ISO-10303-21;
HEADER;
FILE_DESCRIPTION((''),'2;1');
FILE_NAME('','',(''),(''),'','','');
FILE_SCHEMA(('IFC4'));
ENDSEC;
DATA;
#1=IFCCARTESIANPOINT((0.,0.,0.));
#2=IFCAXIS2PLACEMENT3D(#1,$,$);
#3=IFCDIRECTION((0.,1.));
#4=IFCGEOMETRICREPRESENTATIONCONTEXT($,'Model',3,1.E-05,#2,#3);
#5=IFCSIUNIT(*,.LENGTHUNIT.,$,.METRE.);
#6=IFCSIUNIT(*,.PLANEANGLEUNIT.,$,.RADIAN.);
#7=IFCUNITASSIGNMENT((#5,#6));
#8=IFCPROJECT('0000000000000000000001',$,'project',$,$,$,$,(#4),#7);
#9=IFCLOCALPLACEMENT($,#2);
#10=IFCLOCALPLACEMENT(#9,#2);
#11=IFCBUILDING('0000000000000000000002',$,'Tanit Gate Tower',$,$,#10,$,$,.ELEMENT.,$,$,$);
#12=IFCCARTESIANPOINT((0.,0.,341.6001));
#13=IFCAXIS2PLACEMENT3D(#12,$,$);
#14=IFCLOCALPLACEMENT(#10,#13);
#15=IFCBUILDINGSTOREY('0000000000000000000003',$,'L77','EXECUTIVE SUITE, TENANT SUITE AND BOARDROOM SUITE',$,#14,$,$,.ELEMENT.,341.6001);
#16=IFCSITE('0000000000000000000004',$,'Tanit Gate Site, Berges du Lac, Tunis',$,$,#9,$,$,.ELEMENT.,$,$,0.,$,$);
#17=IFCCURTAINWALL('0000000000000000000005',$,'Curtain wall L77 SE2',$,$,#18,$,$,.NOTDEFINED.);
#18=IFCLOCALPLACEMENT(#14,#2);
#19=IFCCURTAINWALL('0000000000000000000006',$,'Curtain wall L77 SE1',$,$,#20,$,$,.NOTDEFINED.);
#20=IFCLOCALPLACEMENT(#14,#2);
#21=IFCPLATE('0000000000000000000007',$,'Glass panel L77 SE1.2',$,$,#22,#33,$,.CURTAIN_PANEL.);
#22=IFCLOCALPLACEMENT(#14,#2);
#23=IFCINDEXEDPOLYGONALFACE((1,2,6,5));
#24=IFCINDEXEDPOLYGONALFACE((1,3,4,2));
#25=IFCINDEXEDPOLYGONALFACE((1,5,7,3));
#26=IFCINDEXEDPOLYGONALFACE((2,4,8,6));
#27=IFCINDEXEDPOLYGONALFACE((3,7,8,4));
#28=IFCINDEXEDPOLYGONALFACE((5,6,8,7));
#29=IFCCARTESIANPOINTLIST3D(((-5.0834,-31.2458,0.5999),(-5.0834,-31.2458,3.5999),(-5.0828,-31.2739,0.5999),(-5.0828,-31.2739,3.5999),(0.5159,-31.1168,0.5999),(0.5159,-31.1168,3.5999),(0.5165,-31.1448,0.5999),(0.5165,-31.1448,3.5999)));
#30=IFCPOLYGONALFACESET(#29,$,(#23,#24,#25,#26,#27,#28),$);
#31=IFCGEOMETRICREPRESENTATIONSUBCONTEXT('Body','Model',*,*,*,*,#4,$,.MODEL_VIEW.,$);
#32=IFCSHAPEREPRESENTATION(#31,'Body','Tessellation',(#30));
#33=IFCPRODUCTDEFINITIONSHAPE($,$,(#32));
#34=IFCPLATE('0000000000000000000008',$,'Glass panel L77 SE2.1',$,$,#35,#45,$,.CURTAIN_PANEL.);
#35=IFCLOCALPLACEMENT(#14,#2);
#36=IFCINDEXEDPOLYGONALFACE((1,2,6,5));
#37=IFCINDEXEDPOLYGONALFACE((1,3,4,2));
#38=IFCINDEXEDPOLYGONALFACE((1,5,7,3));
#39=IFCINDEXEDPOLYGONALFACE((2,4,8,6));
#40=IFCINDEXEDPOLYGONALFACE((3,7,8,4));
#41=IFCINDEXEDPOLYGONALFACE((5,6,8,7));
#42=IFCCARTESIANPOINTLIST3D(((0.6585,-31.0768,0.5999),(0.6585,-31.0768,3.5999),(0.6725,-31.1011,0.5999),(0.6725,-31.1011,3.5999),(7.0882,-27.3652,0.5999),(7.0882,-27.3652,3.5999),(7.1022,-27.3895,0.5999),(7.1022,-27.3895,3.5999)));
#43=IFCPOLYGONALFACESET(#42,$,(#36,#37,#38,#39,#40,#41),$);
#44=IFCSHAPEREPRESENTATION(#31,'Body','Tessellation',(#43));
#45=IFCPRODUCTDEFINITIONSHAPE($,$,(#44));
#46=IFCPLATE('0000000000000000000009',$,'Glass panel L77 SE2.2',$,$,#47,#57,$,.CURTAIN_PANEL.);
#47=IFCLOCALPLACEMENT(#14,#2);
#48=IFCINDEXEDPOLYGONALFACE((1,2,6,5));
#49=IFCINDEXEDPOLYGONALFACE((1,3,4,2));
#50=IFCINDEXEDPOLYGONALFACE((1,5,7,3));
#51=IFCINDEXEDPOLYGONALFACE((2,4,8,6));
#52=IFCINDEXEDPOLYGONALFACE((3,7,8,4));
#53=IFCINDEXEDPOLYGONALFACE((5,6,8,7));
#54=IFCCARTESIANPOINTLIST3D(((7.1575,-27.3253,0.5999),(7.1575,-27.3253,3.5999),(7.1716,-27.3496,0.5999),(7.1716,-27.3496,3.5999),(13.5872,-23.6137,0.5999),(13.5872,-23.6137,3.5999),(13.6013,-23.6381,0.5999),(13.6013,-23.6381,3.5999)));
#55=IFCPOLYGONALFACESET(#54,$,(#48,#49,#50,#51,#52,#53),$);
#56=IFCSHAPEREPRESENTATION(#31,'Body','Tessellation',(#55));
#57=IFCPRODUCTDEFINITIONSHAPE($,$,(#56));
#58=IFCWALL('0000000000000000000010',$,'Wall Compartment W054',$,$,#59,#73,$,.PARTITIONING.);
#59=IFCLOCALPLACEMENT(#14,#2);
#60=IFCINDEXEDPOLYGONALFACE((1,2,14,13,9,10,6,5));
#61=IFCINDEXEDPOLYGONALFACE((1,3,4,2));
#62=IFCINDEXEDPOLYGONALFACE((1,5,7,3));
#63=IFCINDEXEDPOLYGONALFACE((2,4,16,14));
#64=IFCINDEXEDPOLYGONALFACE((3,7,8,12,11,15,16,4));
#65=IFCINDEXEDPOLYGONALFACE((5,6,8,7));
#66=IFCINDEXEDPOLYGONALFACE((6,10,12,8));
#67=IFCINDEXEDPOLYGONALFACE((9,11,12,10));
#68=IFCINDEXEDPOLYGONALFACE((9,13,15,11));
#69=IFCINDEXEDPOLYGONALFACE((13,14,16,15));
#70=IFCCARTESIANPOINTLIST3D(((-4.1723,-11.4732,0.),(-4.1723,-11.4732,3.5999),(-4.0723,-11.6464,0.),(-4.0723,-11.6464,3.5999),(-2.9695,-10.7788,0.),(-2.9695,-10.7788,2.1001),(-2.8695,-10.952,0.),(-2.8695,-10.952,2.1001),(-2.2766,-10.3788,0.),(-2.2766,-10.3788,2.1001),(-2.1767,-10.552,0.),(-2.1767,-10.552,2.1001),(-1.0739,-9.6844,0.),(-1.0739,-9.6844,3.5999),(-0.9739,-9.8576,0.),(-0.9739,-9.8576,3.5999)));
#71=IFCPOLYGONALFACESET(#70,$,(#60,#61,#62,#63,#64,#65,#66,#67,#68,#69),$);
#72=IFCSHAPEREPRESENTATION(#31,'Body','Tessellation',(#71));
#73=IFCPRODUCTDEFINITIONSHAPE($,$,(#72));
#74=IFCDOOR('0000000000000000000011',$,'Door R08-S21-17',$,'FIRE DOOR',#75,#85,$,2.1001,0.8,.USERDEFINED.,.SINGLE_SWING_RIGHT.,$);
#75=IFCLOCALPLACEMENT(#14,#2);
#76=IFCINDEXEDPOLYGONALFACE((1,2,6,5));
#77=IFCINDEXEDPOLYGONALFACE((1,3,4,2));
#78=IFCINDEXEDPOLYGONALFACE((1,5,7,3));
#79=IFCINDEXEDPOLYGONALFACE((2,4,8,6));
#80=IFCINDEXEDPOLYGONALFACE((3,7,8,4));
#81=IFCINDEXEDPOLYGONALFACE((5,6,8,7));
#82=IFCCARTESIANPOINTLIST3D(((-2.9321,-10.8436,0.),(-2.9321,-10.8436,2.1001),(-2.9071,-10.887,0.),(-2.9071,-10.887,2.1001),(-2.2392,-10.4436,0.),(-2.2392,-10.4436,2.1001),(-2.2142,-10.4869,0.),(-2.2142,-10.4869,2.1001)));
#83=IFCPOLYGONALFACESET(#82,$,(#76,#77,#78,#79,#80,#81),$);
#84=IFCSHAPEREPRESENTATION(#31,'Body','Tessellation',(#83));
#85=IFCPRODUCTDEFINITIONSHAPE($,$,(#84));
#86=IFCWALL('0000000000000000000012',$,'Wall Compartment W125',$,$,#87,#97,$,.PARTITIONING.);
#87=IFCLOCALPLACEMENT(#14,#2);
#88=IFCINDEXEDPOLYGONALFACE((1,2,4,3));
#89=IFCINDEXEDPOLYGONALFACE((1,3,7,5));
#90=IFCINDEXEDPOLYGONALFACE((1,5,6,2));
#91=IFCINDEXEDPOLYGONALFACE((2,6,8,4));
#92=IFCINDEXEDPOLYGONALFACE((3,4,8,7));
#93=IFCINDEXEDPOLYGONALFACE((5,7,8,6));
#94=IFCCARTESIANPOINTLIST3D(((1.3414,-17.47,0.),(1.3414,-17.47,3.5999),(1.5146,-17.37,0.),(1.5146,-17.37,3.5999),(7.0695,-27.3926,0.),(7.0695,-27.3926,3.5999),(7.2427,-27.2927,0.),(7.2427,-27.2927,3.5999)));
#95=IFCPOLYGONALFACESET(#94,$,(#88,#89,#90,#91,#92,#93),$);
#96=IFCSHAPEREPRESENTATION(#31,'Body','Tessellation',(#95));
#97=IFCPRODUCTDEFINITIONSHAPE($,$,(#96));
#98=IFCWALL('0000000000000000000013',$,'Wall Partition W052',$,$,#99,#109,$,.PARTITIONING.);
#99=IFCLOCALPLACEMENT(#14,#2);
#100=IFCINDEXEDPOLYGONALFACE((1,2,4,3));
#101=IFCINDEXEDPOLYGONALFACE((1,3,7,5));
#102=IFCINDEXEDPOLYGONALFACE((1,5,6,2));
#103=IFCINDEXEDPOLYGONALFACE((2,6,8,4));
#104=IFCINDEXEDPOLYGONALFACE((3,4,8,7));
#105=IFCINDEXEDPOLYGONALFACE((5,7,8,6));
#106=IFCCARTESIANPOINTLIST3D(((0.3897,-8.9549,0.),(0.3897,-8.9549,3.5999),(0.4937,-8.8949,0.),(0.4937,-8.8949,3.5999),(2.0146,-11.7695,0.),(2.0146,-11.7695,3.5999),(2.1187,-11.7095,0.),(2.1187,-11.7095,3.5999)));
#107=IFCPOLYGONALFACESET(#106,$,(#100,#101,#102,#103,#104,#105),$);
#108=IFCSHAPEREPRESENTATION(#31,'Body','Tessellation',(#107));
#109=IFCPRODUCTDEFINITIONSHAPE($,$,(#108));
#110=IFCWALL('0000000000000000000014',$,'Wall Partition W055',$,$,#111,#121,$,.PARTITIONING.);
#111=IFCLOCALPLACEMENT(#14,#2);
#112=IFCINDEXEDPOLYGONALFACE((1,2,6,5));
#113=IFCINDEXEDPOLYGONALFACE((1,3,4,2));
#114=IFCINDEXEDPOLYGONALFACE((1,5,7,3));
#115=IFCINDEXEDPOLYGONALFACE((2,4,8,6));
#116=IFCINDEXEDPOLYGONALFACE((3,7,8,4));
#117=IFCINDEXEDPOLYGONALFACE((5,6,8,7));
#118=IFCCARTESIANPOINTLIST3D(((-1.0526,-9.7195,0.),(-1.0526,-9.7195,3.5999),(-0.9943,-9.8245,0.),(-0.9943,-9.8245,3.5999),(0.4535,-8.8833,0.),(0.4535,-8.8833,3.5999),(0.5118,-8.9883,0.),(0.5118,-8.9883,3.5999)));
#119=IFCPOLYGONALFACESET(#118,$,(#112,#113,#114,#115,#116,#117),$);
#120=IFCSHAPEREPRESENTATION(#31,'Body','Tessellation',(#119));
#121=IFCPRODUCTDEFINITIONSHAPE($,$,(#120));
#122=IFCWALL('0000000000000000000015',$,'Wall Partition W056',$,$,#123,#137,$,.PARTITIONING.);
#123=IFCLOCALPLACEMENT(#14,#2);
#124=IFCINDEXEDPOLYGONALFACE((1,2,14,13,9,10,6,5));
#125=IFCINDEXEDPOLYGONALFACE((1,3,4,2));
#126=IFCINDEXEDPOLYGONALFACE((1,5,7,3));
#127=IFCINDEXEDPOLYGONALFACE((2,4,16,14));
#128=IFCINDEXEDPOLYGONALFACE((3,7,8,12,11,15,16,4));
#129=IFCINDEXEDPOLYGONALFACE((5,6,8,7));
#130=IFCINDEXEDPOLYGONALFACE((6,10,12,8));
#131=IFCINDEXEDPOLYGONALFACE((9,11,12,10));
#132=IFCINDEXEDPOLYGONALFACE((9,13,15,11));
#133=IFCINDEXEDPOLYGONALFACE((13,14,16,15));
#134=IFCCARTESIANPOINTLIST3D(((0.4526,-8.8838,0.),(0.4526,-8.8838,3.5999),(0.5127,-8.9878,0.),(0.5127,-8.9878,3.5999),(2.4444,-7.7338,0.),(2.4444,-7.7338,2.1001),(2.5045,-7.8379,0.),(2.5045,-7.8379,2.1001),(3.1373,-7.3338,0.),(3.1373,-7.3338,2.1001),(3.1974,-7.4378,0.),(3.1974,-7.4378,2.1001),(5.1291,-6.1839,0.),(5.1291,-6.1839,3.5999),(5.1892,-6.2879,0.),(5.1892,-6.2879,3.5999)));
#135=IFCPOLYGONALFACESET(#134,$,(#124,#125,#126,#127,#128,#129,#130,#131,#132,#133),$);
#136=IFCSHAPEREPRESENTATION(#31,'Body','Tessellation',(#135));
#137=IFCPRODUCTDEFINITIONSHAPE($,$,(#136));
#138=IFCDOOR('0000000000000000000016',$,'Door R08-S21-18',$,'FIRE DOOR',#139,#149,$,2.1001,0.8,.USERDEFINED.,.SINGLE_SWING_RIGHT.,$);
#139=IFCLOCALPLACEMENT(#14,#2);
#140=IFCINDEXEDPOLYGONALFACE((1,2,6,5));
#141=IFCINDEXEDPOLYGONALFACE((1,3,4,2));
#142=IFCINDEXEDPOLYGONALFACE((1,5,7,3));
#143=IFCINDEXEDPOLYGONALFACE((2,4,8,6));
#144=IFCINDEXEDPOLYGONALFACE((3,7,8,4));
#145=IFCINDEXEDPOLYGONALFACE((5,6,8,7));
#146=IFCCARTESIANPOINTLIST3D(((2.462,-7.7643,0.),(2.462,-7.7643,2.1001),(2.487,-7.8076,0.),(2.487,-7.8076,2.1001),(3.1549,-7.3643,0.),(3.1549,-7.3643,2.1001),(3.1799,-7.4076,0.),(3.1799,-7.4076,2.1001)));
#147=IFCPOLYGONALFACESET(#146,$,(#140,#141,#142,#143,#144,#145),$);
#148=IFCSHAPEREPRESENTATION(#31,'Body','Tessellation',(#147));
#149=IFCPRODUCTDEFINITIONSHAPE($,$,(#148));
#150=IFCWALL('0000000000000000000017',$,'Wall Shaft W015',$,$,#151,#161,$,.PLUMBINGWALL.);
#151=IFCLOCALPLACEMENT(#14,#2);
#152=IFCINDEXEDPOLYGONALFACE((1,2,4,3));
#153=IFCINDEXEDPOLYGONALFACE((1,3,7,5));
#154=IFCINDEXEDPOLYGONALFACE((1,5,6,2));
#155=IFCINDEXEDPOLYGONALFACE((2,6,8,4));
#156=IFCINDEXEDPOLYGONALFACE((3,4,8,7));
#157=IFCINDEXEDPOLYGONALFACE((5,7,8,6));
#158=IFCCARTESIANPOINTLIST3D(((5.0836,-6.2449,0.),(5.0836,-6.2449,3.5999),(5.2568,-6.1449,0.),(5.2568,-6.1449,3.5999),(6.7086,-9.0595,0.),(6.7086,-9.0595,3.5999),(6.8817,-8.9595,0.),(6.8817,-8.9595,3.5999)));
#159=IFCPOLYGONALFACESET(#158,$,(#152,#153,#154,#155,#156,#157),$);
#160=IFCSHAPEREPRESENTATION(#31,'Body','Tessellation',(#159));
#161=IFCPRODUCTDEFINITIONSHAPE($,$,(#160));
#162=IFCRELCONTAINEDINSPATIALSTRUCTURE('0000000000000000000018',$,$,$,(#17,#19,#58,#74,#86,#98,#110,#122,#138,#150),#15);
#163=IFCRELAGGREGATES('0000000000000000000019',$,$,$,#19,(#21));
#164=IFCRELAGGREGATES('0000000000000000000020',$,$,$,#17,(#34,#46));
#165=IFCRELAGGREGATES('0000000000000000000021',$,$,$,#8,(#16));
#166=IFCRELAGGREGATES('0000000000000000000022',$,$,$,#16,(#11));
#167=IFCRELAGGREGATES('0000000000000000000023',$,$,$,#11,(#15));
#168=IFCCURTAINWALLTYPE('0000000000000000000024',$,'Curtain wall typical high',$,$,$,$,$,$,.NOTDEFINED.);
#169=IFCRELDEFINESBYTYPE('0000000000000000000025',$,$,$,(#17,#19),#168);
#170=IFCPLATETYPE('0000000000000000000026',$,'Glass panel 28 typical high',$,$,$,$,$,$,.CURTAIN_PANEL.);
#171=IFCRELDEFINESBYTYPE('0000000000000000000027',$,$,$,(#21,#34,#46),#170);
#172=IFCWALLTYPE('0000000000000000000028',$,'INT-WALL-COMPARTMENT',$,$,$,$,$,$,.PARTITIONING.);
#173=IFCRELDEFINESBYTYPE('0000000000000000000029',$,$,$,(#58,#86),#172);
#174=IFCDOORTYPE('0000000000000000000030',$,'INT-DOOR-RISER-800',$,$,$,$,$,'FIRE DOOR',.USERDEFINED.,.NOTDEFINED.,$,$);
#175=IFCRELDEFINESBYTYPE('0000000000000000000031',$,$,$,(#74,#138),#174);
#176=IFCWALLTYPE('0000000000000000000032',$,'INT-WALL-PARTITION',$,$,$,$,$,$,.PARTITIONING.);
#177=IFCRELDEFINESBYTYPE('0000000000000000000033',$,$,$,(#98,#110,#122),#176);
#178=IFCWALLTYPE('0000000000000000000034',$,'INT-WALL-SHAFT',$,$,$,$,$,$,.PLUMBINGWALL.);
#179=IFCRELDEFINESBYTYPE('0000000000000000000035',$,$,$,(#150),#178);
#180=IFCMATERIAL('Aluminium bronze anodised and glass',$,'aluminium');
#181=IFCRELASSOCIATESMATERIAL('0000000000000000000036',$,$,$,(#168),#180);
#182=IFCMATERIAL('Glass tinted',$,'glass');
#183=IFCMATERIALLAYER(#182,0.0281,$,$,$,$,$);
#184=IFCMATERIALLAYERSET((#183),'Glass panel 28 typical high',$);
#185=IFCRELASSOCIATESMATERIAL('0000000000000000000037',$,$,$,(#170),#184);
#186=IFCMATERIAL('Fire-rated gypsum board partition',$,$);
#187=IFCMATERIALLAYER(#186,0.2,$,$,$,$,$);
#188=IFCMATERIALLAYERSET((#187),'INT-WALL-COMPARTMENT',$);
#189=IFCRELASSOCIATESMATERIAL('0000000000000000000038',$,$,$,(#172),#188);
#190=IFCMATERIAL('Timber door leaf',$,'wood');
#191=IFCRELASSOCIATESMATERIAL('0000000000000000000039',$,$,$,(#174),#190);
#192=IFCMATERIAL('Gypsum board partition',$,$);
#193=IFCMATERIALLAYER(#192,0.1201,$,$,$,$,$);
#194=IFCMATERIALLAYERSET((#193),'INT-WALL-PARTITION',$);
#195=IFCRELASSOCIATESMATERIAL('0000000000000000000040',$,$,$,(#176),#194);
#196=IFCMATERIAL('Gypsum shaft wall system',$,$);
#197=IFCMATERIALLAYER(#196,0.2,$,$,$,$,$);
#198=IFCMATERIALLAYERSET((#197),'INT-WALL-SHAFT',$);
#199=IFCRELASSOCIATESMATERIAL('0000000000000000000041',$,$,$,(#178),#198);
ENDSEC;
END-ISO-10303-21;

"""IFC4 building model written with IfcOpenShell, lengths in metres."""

from ifc_helpers import new_model, si_unit, direction, frame, frame_2d, origin, origin_2d, place, context, subcontext, project, spatial, rectangle, extrude, material, layer, layer_set, type_object, element, fill, aggregate, save


model = new_model("IFC4")

# Units and contexts
model_context = context("Model", 3, precision=1e-05, world=origin(), true_north=direction((0.0, 1.0)))
body_context = subcontext(model_context, "Body", "Model", "MODEL_VIEW")
ifc_project = project(units=[si_unit("LENGTHUNIT", "METRE"), si_unit("PLANEANGLEUNIT", "RADIAN")], contexts=[model_context])

# Site, building, storey
site_placement = place(None, origin())
site = spatial("IfcSite", under=ifc_project, at=site_placement, Name="Tanit Gate Site, Berges du Lac, Tunis", CompositionType="ELEMENT", RefElevation=0.0)
building_placement = place(site_placement, origin())
building = spatial("IfcBuilding", under=site, at=building_placement, Name="Tanit Gate Tower", CompositionType="ELEMENT")
storey_placement = place(building_placement, frame((0.0, 0.0, 341.6001)))
storey = spatial("IfcBuildingStorey", under=building, at=storey_placement, Name="L77", Description="EXECUTIVE SUITE, TENANT SUITE AND BOARDROOM SUITE", CompositionType="ELEMENT", Elevation=341.6001)

# Curtain wall
ifc_material_1 = material(Name="Aluminium bronze anodised and glass", Category="aluminium")
curtain_wall_type = type_object("IfcCurtainWallType", Name="Curtain wall typical high", PredefinedType="NOTDEFINED", material=ifc_material_1)
curtain_wall_1_placement = place(storey_placement, origin())
curtain_wall_1 = element("IfcCurtainWall", 1, at=curtain_wall_1_placement, inside=storey, type_object=curtain_wall_type, Name="Curtain wall L77 SE2", PredefinedType="NOTDEFINED")

# Curtain wall
curtain_wall_2_placement = place(storey_placement, origin())
curtain_wall_2 = element("IfcCurtainWall", 2, at=curtain_wall_2_placement, inside=storey, type_object=curtain_wall_type, Name="Curtain wall L77 SE1", PredefinedType="NOTDEFINED")

# Plates
ifc_material_2 = material(Name="Glass tinted", Category="glass")
ifc_layer_1 = layer(ifc_material_2, 0.0281)
ifc_layer_set_1 = layer_set([ifc_layer_1], Name="Glass panel 28 typical high")
plate_type = type_object("IfcPlateType", Name="Glass panel 28 typical high", PredefinedType="CURTAIN_PANEL", material=ifc_layer_set_1)
plate_1_placement = place(storey_placement, frame((-2.2834, -31.1953, 0.5999), z_axis=(0.0, 0.0, 1.0), x_axis=(0.999735, 0.02304, 0.0)))
plate_1 = element("IfcPlate", 3, at=plate_1_placement, type_object=plate_type, Name="Glass panel L77 SE1.2", PredefinedType="CURTAIN_PANEL", context=body_context, shape_type="SweptSolid", body=[
    extrude(rectangle(XDim=5.6008, YDim=0.0281, at=origin_2d()), origin(), (0.0, 0.0, 1.0), 3.0),
])
aggregate(curtain_wall_2, [plate_1])
plate_2_placement = place(storey_placement, frame((3.8804, -29.2332, 0.5999), z_axis=(0.0, 0.0, 1.0), x_axis=(0.86606, 0.49994, 0.0)))
plate_2 = element("IfcPlate", 4, at=plate_2_placement, type_object=plate_type, Name="Glass panel L77 SE2.1", PredefinedType="CURTAIN_PANEL", context=body_context, shape_type="SweptSolid", body=[
    extrude(rectangle(XDim=7.4241, YDim=0.0281, at=origin_2d()), origin(), (0.0, 0.0, 1.0), 3.0),
])
plate_3_placement = place(storey_placement, frame((10.3794, -25.4817, 0.5999), z_axis=(0.0, 0.0, 1.0), x_axis=(0.86606, 0.49994, 0.0)))
plate_3 = element("IfcPlate", 5, at=plate_3_placement, type_object=plate_type, Name="Glass panel L77 SE2.2", PredefinedType="CURTAIN_PANEL", context=body_context, shape_type="SweptSolid", body=[
    extrude(rectangle(XDim=7.4241, YDim=0.0281, at=origin_2d()), origin(), (0.0, 0.0, 1.0), 3.0),
])
aggregate(curtain_wall_1, [plate_2, plate_3])

# Wall, opening, door
ifc_material_3 = material(Name="Fire-rated gypsum board partition")
ifc_layer_2 = layer(ifc_material_3, 0.2)
ifc_layer_set_2 = layer_set([ifc_layer_2], Name="INT-WALL-COMPARTMENT")
wall_type_1 = type_object("IfcWallType", Name="INT-WALL-COMPARTMENT", PredefinedType="PARTITIONING", material=ifc_layer_set_2)
wall_1_placement = place(storey_placement, frame((-1.0239, -9.771, 0.0), z_axis=(0.0, 0.0, 1.0), x_axis=(-0.86603, -0.499992, 0.0)))
wall_1 = element("IfcWall", 6, at=wall_1_placement, inside=storey, type_object=wall_type_1, Name="Wall Compartment W054", PredefinedType="PARTITIONING", context=body_context, shape_type="SweptSolid", body=[
    extrude(rectangle(XDim=3.5776, YDim=0.2, at=frame_2d((1.7888, 0.0))), origin(), (0.0, 0.0, 1.0), 3.5999),
])
opening_1_placement = place(wall_1_placement, frame((1.3889, 0.0, 0.0)))
opening_1 = element("IfcOpeningElement", 7, at=opening_1_placement, cuts=wall_1, PredefinedType="OPENING", context=body_context, shape_type="SweptSolid", body=[
    extrude(rectangle(XDim=0.8, YDim=2.1001, at=frame_2d((0.3999, 1.05))), frame((0.0, 0.1099, 0.0), z_axis=(0.0, -1.0, 0.0), x_axis=(1.0, 0.0, 0.0)), (0.0, 0.0, 1.0), 0.22),
])
ifc_material_4 = material(Name="Timber door leaf", Category="wood")
door_type = type_object("IfcDoorType", Name="INT-DOOR-RISER-800", ElementType="FIRE DOOR", OperationType="NOTDEFINED", PredefinedType="USERDEFINED", material=ifc_material_4)
door_1_placement = place(opening_1_placement, origin())
door_1 = element("IfcDoor", 8, at=door_1_placement, inside=storey, type_object=door_type, Name="Door R08-S21-17", ObjectType="FIRE DOOR", OperationType="SINGLE_SWING_RIGHT", OverallHeight=2.1001, OverallWidth=0.8, PredefinedType="USERDEFINED", context=body_context, shape_type="SweptSolid", body=[
    extrude(rectangle(XDim=0.8, YDim=2.1001, at=frame_2d((0.3999, 1.05))), frame((0.0, 0.0249, 0.0), z_axis=(0.0, -1.0, 0.0), x_axis=(1.0, 0.0, 0.0)), (0.0, 0.0, 1.0), 0.05),
])
fill(opening_1, door_1)

# Walls
wall_2_placement = place(storey_placement, frame((7.156, -27.3425, 0.0), z_axis=(0.0, 0.0, 1.0), x_axis=(-0.499948, 0.866055, 0.0)))
element("IfcWall", 9, at=wall_2_placement, inside=storey, type_object=wall_type_1, Name="Wall Compartment W125", PredefinedType="PARTITIONING", context=body_context, shape_type="SweptSolid", body=[
    extrude(rectangle(XDim=11.4573, YDim=0.2, at=frame_2d((5.7285, 0.0))), origin(), (0.0, 0.0, 1.0), 3.5999),
])
ifc_material_5 = material(Name="Gypsum board partition")
ifc_layer_3 = layer(ifc_material_5, 0.1201)
ifc_layer_set_3 = layer_set([ifc_layer_3], Name="INT-WALL-PARTITION")
wall_type_2 = type_object("IfcWallType", Name="INT-WALL-PARTITION", PredefinedType="PARTITIONING", material=ifc_layer_set_3)
wall_3_placement = place(storey_placement, frame((2.0667, -11.7395, 0.0), z_axis=(0.0, 0.0, 1.0), x_axis=(-0.499985, 0.866034, 0.0)))
element("IfcWall", 10, at=wall_3_placement, inside=storey, type_object=wall_type_2, Name="Wall Partition W052", PredefinedType="PARTITIONING", context=body_context, shape_type="SweptSolid", body=[
    extrude(rectangle(XDim=3.25, YDim=0.1201, at=frame_2d((1.625, 0.0))), origin(), (0.0, 0.0, 1.0), 3.5999),
])
wall_4_placement = place(storey_placement, frame((-1.0234, -9.772, 0.0), z_axis=(0.0, 0.0, 1.0), x_axis=(0.874291, 0.485402, 0.0)))
element("IfcWall", 11, at=wall_4_placement, inside=storey, type_object=wall_type_2, Name="Wall Partition W055", PredefinedType="PARTITIONING", context=body_context, shape_type="SweptSolid", body=[
    extrude(rectangle(XDim=1.7227, YDim=0.1201, at=frame_2d((0.8613, 0.0))), origin(), (0.0, 0.0, 1.0), 3.5999),
])

# Wall, opening, door
wall_5_placement = place(storey_placement, frame((0.4827, -8.9358, 0.0), z_axis=(0.0, 0.0, 1.0), x_axis=(0.866028, 0.499995, 0.0)))
wall_5 = element("IfcWall", 12, at=wall_5_placement, inside=storey, type_object=wall_type_2, Name="Wall Partition W056", PredefinedType="PARTITIONING", context=body_context, shape_type="SweptSolid", body=[
    extrude(rectangle(XDim=5.3999, YDim=0.1201, at=frame_2d((2.7, 0.0))), origin(), (0.0, 0.0, 1.0), 3.5999),
])
opening_2_placement = place(wall_5_placement, frame((2.3, 0.0, 0.0)))
opening_2 = element("IfcOpeningElement", 13, at=opening_2_placement, cuts=wall_5, PredefinedType="OPENING", context=body_context, shape_type="SweptSolid", body=[
    extrude(rectangle(XDim=0.8, YDim=2.1001, at=frame_2d((0.3999, 1.05))), frame((0.0, 0.0701, 0.0), z_axis=(0.0, -1.0, 0.0), x_axis=(1.0, 0.0, 0.0)), (0.0, 0.0, 1.0), 0.1401),
])
door_2_placement = place(opening_2_placement, origin())
door_2 = element("IfcDoor", 14, at=door_2_placement, inside=storey, type_object=door_type, Name="Door R08-S21-18", ObjectType="FIRE DOOR", OperationType="SINGLE_SWING_RIGHT", OverallHeight=2.1001, OverallWidth=0.8, PredefinedType="USERDEFINED", context=body_context, shape_type="SweptSolid", body=[
    extrude(rectangle(XDim=0.8, YDim=2.1001, at=frame_2d((0.3999, 1.05))), frame((0.0, 0.0249, 0.0), z_axis=(0.0, -1.0, 0.0), x_axis=(1.0, 0.0, 0.0)), (0.0, 0.0, 1.0), 0.05),
])
fill(opening_2, door_2)

# Wall
ifc_material_6 = material(Name="Gypsum shaft wall system")
ifc_layer_4 = layer(ifc_material_6, 0.2)
ifc_layer_set_4 = layer_set([ifc_layer_4], Name="INT-WALL-SHAFT")
wall_type_3 = type_object("IfcWallType", Name="INT-WALL-SHAFT", PredefinedType="PLUMBINGWALL", material=ifc_layer_set_4)
wall_6_placement = place(storey_placement, frame((6.7952, -9.0095, 0.0), z_axis=(0.0, 0.0, 1.0), x_axis=(-0.499985, 0.866034, 0.0)))
element("IfcWall", 15, at=wall_6_placement, inside=storey, type_object=wall_type_3, Name="Wall Shaft W015", PredefinedType="PLUMBINGWALL", context=body_context, shape_type="SweptSolid", body=[
    extrude(rectangle(XDim=3.25, YDim=0.2, at=frame_2d((1.625, 0.0))), origin(), (0.0, 0.0, 1.0), 3.5999),
])

save(model, "model.ifc")
